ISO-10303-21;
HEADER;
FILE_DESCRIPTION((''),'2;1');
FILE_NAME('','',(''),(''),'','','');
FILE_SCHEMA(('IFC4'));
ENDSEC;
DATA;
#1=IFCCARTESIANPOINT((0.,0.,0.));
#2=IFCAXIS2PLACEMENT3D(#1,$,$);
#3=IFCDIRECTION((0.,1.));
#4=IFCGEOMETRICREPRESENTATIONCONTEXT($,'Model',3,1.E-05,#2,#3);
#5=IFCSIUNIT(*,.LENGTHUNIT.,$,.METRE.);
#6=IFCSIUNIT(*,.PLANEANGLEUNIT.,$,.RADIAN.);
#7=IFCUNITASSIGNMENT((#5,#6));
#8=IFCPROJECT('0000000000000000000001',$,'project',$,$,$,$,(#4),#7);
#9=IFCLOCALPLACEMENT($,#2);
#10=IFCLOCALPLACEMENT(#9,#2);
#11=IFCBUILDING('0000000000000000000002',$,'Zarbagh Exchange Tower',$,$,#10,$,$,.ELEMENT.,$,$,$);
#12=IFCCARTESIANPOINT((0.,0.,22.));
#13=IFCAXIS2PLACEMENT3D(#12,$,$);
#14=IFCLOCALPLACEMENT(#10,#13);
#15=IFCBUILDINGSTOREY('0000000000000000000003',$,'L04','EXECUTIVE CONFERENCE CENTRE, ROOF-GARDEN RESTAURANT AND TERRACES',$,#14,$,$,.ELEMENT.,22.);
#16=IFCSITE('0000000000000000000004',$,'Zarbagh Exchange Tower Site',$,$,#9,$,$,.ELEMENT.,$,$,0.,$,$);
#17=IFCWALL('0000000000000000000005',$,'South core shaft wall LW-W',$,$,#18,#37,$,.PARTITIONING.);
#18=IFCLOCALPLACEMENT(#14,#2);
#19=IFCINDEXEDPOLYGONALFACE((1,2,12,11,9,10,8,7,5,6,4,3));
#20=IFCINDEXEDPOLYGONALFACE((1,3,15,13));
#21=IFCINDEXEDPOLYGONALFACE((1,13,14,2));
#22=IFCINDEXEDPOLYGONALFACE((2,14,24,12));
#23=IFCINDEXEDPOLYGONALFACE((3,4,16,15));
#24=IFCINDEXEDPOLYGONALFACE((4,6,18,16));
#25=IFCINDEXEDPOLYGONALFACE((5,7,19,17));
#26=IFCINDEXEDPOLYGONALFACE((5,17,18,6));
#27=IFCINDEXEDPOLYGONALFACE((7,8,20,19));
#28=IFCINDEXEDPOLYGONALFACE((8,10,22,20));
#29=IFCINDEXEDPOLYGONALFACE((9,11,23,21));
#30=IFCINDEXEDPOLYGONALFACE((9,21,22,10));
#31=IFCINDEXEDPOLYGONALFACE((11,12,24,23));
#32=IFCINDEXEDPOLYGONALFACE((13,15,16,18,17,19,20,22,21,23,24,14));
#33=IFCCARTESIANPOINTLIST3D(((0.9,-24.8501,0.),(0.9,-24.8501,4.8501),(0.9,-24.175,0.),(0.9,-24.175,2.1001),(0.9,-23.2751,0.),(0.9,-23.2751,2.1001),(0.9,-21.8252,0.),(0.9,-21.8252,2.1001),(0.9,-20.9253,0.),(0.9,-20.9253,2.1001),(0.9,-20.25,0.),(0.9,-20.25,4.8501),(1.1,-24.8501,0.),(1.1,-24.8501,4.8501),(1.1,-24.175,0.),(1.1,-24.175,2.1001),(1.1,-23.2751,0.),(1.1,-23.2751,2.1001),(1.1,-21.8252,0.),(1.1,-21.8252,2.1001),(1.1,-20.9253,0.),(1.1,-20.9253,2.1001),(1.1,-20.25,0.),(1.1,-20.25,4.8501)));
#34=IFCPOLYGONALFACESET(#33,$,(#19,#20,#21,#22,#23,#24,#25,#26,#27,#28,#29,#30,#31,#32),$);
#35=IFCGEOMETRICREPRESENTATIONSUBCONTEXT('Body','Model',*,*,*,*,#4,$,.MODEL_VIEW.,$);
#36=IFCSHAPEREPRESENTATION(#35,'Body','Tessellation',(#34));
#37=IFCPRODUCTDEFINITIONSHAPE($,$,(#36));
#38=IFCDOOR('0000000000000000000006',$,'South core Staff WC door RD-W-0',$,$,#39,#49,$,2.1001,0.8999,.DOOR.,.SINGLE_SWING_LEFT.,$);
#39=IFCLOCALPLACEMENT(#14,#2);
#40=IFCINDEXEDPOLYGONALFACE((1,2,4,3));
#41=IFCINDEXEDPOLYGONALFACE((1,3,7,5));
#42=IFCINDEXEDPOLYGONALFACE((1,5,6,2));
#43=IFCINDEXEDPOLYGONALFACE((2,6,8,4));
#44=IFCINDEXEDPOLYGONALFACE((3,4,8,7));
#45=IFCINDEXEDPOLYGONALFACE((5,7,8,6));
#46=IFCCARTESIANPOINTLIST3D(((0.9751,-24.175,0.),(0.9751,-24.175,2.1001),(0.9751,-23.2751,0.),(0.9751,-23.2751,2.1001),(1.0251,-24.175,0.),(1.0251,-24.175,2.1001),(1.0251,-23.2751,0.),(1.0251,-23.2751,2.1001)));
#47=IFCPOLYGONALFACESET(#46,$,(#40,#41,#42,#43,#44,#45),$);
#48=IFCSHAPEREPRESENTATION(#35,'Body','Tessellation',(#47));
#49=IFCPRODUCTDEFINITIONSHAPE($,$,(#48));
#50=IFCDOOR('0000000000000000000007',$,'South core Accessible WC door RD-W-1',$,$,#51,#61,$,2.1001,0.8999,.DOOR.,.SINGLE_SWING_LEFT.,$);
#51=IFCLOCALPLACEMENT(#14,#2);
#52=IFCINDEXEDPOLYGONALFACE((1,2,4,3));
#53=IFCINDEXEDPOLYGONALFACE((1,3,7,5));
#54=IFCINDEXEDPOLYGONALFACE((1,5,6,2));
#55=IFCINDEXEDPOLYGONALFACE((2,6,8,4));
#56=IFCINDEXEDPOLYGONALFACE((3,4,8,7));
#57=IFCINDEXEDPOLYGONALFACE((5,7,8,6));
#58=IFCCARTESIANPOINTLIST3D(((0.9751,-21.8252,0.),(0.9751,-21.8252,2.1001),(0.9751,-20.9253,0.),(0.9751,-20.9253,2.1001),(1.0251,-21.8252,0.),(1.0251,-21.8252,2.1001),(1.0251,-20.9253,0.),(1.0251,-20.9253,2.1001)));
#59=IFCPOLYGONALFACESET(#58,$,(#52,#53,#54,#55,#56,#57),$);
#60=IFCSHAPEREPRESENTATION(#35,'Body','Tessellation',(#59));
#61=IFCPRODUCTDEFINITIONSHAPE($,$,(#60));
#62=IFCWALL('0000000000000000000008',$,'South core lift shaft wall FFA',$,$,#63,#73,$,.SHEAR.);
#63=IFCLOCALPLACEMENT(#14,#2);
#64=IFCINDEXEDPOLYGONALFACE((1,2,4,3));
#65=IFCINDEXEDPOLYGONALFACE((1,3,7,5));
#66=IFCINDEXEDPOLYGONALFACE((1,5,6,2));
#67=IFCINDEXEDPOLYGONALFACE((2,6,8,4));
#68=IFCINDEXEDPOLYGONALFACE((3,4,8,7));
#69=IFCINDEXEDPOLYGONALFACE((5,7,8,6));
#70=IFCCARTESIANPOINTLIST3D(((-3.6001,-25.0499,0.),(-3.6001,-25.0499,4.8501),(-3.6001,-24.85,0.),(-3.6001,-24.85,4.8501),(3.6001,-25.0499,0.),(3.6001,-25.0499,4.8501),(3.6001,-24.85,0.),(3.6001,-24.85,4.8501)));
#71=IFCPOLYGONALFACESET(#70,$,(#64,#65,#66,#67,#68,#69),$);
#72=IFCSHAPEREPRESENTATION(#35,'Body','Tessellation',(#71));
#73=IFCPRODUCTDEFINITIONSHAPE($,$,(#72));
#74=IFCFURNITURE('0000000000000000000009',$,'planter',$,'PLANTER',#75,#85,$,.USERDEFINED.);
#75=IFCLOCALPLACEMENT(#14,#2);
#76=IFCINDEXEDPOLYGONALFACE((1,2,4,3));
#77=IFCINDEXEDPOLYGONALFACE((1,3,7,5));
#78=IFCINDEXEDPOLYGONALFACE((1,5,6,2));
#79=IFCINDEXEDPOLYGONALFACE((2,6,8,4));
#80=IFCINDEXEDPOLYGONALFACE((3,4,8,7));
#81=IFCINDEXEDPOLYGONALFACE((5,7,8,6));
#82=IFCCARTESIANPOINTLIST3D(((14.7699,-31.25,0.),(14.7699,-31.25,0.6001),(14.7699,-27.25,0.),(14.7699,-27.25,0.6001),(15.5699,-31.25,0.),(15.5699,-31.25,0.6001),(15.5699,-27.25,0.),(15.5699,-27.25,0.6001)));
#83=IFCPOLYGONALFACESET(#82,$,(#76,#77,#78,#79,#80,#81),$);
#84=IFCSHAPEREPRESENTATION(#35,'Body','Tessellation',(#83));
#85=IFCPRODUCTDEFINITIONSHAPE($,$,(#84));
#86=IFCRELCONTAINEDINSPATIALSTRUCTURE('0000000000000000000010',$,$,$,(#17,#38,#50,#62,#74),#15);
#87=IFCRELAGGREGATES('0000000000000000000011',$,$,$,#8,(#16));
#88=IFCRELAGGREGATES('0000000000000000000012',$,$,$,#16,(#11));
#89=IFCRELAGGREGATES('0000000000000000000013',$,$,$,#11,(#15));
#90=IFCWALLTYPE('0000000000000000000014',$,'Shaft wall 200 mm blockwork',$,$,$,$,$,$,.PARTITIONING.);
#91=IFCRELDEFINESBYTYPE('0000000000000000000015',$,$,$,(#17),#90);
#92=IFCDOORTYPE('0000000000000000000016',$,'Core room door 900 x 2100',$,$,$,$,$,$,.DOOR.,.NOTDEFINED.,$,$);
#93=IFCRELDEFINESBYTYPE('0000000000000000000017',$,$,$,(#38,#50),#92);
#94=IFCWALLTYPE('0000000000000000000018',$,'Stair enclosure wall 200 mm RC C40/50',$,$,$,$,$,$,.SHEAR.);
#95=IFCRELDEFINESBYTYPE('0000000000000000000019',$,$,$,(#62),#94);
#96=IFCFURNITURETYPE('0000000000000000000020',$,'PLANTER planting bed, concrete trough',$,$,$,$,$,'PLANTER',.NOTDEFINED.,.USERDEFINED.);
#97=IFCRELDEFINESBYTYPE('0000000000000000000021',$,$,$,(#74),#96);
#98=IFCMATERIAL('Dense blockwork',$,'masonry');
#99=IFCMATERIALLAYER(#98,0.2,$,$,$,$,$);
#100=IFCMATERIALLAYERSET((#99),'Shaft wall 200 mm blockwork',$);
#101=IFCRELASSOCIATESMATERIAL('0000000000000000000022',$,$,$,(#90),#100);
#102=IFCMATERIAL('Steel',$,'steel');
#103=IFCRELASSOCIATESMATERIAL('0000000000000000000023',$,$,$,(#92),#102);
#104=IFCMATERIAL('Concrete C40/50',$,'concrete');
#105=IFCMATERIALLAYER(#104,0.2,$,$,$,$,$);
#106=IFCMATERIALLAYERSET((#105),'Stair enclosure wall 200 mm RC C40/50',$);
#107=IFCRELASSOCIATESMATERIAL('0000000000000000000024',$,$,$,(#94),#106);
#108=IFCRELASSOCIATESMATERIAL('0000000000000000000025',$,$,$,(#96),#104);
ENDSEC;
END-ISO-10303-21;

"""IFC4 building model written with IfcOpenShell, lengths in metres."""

from ifc_helpers import new_model, si_unit, direction, frame, frame_2d, origin, origin_2d, place, context, subcontext, project, spatial, rectangle, extrude, material, layer, layer_set, type_object, element, fill, save


model = new_model("IFC4")

# Units and contexts
model_context = context("Model", 3, precision=1e-05, world=origin(), true_north=direction((0.0, 1.0)))
body_context = subcontext(model_context, "Body", "Model", "MODEL_VIEW")
ifc_project = project(units=[si_unit("LENGTHUNIT", "METRE"), si_unit("PLANEANGLEUNIT", "RADIAN")], contexts=[model_context])

# Site, building, storey
site_placement = place(None, origin())
site = spatial("IfcSite", under=ifc_project, at=site_placement, Name="Zarbagh Exchange Tower Site", CompositionType="ELEMENT", RefElevation=0.0)
building_placement = place(site_placement, origin())
building = spatial("IfcBuilding", under=site, at=building_placement, Name="Zarbagh Exchange Tower", CompositionType="ELEMENT")
storey_placement = place(building_placement, frame((0.0, 0.0, 22.0)))
storey = spatial("IfcBuildingStorey", under=building, at=storey_placement, Name="L04", Description="EXECUTIVE CONFERENCE CENTRE, ROOF-GARDEN RESTAURANT AND TERRACES", CompositionType="ELEMENT", Elevation=22.0)

# Wall, openings, doors
ifc_material_1 = material(Name="Dense blockwork", Category="masonry")
ifc_layer_1 = layer(ifc_material_1, 0.2)
ifc_layer_set_1 = layer_set([ifc_layer_1], Name="Shaft wall 200 mm blockwork")
wall_type_1 = type_object("IfcWallType", Name="Shaft wall 200 mm blockwork", PredefinedType="PARTITIONING", material=ifc_layer_set_1)
wall_1_placement = place(storey_placement, frame((1.0, -24.8501, 0.0), z_axis=(0.0, 0.0, 1.0), x_axis=(0.0, 1.0, 0.0)))
wall_1 = element("IfcWall", 1, at=wall_1_placement, inside=storey, type_object=wall_type_1, Name="South core shaft wall LW-W", PredefinedType="PARTITIONING", context=body_context, shape_type="SweptSolid", body=[
    extrude(rectangle(XDim=4.6001, YDim=0.2, at=frame_2d((2.3, 0.0))), origin(), (0.0, 0.0, 1.0), 4.8501),
])
opening_1_placement = place(wall_1_placement, frame((0.675, 0.0, 0.0)))
opening_1 = element("IfcOpeningElement", 2, at=opening_1_placement, cuts=wall_1, PredefinedType="OPENING", context=body_context, shape_type="SweptSolid", body=[
    extrude(rectangle(XDim=0.8999, YDim=2.1001, at=frame_2d((0.45, 1.05))), frame((0.0, 0.1099, 0.0), z_axis=(0.0, -1.0, 0.0), x_axis=(1.0, 0.0, 0.0)), (0.0, 0.0, 1.0), 0.22),
])
opening_2_placement = place(wall_1_placement, frame((3.0249, 0.0, 0.0)))
opening_2 = element("IfcOpeningElement", 3, at=opening_2_placement, cuts=wall_1, PredefinedType="OPENING", context=body_context, shape_type="SweptSolid", body=[
    extrude(rectangle(XDim=0.8999, YDim=2.1001, at=frame_2d((0.45, 1.05))), frame((0.0, 0.1099, 0.0), z_axis=(0.0, -1.0, 0.0), x_axis=(1.0, 0.0, 0.0)), (0.0, 0.0, 1.0), 0.22),
])
ifc_material_2 = material(Name="Steel", Category="steel")
door_type_1 = type_object("IfcDoorType", Name="Core room door 900 x 2100", OperationType="NOTDEFINED", PredefinedType="DOOR", material=ifc_material_2)
door_1_placement = place(opening_1_placement, origin())
door_1 = element("IfcDoor", 4, at=door_1_placement, inside=storey, type_object=door_type_1, Name="South core Staff WC door RD-W-0", OperationType="SINGLE_SWING_LEFT", OverallHeight=2.1001, OverallWidth=0.8999, PredefinedType="DOOR", context=body_context, shape_type="SweptSolid", body=[
    extrude(rectangle(XDim=0.8999, YDim=2.1001, at=frame_2d((0.45, 1.05))), frame((0.0, 0.0249, 0.0), z_axis=(0.0, -1.0, 0.0), x_axis=(1.0, 0.0, 0.0)), (0.0, 0.0, 1.0), 0.05),
])
fill(opening_1, door_1)
door_2_placement = place(opening_2_placement, origin())
door_2 = element("IfcDoor", 5, at=door_2_placement, inside=storey, type_object=door_type_1, Name="South core Accessible WC door RD-W-1", OperationType="SINGLE_SWING_LEFT", OverallHeight=2.1001, OverallWidth=0.8999, PredefinedType="DOOR", context=body_context, shape_type="SweptSolid", body=[
    extrude(rectangle(XDim=0.8999, YDim=2.1001, at=frame_2d((0.45, 1.05))), frame((0.0, 0.0249, 0.0), z_axis=(0.0, -1.0, 0.0), x_axis=(1.0, 0.0, 0.0)), (0.0, 0.0, 1.0), 0.05),
])
fill(opening_2, door_2)

# Wall
ifc_material_3 = material(Name="Concrete C40/50", Category="concrete")
ifc_layer_2 = layer(ifc_material_3, 0.2)
ifc_layer_set_2 = layer_set([ifc_layer_2], Name="Stair enclosure wall 200 mm RC C40/50")
wall_type_2 = type_object("IfcWallType", Name="Stair enclosure wall 200 mm RC C40/50", PredefinedType="SHEAR", material=ifc_layer_set_2)
wall_2_placement = place(storey_placement, frame((3.6001, -24.95, 0.0), z_axis=(0.0, 0.0, 1.0), x_axis=(-1.0, 0.0, 0.0)))
element("IfcWall", 6, at=wall_2_placement, inside=storey, type_object=wall_type_2, Name="South core lift shaft wall FFA", PredefinedType="SHEAR", context=body_context, shape_type="SweptSolid", body=[
    extrude(rectangle(XDim=7.2002, YDim=0.2, at=frame_2d((3.6001, 0.0))), origin(), (0.0, 0.0, 1.0), 4.8501),
])

# Furniture
furniture_type = type_object("IfcFurnitureType", Name="PLANTER planting bed, concrete trough", ElementType="PLANTER", AssemblyPlace="NOTDEFINED", PredefinedType="USERDEFINED", material=ifc_material_3)
furniture_placement = place(storey_placement, frame((15.1699, -29.25, 0.0), z_axis=(0.0, 0.0, 1.0), x_axis=(0.0, -1.0, 0.0)))
element("IfcFurniture", 7, at=furniture_placement, inside=storey, type_object=furniture_type, Name="planter", ObjectType="PLANTER", PredefinedType="USERDEFINED", context=body_context, shape_type="SweptSolid", body=[
    extrude(rectangle(XDim=4.0, YDim=0.8, at=origin_2d()), origin(), (0.0, 0.0, 1.0), 0.6001),
])

save(model, "model.ifc")
